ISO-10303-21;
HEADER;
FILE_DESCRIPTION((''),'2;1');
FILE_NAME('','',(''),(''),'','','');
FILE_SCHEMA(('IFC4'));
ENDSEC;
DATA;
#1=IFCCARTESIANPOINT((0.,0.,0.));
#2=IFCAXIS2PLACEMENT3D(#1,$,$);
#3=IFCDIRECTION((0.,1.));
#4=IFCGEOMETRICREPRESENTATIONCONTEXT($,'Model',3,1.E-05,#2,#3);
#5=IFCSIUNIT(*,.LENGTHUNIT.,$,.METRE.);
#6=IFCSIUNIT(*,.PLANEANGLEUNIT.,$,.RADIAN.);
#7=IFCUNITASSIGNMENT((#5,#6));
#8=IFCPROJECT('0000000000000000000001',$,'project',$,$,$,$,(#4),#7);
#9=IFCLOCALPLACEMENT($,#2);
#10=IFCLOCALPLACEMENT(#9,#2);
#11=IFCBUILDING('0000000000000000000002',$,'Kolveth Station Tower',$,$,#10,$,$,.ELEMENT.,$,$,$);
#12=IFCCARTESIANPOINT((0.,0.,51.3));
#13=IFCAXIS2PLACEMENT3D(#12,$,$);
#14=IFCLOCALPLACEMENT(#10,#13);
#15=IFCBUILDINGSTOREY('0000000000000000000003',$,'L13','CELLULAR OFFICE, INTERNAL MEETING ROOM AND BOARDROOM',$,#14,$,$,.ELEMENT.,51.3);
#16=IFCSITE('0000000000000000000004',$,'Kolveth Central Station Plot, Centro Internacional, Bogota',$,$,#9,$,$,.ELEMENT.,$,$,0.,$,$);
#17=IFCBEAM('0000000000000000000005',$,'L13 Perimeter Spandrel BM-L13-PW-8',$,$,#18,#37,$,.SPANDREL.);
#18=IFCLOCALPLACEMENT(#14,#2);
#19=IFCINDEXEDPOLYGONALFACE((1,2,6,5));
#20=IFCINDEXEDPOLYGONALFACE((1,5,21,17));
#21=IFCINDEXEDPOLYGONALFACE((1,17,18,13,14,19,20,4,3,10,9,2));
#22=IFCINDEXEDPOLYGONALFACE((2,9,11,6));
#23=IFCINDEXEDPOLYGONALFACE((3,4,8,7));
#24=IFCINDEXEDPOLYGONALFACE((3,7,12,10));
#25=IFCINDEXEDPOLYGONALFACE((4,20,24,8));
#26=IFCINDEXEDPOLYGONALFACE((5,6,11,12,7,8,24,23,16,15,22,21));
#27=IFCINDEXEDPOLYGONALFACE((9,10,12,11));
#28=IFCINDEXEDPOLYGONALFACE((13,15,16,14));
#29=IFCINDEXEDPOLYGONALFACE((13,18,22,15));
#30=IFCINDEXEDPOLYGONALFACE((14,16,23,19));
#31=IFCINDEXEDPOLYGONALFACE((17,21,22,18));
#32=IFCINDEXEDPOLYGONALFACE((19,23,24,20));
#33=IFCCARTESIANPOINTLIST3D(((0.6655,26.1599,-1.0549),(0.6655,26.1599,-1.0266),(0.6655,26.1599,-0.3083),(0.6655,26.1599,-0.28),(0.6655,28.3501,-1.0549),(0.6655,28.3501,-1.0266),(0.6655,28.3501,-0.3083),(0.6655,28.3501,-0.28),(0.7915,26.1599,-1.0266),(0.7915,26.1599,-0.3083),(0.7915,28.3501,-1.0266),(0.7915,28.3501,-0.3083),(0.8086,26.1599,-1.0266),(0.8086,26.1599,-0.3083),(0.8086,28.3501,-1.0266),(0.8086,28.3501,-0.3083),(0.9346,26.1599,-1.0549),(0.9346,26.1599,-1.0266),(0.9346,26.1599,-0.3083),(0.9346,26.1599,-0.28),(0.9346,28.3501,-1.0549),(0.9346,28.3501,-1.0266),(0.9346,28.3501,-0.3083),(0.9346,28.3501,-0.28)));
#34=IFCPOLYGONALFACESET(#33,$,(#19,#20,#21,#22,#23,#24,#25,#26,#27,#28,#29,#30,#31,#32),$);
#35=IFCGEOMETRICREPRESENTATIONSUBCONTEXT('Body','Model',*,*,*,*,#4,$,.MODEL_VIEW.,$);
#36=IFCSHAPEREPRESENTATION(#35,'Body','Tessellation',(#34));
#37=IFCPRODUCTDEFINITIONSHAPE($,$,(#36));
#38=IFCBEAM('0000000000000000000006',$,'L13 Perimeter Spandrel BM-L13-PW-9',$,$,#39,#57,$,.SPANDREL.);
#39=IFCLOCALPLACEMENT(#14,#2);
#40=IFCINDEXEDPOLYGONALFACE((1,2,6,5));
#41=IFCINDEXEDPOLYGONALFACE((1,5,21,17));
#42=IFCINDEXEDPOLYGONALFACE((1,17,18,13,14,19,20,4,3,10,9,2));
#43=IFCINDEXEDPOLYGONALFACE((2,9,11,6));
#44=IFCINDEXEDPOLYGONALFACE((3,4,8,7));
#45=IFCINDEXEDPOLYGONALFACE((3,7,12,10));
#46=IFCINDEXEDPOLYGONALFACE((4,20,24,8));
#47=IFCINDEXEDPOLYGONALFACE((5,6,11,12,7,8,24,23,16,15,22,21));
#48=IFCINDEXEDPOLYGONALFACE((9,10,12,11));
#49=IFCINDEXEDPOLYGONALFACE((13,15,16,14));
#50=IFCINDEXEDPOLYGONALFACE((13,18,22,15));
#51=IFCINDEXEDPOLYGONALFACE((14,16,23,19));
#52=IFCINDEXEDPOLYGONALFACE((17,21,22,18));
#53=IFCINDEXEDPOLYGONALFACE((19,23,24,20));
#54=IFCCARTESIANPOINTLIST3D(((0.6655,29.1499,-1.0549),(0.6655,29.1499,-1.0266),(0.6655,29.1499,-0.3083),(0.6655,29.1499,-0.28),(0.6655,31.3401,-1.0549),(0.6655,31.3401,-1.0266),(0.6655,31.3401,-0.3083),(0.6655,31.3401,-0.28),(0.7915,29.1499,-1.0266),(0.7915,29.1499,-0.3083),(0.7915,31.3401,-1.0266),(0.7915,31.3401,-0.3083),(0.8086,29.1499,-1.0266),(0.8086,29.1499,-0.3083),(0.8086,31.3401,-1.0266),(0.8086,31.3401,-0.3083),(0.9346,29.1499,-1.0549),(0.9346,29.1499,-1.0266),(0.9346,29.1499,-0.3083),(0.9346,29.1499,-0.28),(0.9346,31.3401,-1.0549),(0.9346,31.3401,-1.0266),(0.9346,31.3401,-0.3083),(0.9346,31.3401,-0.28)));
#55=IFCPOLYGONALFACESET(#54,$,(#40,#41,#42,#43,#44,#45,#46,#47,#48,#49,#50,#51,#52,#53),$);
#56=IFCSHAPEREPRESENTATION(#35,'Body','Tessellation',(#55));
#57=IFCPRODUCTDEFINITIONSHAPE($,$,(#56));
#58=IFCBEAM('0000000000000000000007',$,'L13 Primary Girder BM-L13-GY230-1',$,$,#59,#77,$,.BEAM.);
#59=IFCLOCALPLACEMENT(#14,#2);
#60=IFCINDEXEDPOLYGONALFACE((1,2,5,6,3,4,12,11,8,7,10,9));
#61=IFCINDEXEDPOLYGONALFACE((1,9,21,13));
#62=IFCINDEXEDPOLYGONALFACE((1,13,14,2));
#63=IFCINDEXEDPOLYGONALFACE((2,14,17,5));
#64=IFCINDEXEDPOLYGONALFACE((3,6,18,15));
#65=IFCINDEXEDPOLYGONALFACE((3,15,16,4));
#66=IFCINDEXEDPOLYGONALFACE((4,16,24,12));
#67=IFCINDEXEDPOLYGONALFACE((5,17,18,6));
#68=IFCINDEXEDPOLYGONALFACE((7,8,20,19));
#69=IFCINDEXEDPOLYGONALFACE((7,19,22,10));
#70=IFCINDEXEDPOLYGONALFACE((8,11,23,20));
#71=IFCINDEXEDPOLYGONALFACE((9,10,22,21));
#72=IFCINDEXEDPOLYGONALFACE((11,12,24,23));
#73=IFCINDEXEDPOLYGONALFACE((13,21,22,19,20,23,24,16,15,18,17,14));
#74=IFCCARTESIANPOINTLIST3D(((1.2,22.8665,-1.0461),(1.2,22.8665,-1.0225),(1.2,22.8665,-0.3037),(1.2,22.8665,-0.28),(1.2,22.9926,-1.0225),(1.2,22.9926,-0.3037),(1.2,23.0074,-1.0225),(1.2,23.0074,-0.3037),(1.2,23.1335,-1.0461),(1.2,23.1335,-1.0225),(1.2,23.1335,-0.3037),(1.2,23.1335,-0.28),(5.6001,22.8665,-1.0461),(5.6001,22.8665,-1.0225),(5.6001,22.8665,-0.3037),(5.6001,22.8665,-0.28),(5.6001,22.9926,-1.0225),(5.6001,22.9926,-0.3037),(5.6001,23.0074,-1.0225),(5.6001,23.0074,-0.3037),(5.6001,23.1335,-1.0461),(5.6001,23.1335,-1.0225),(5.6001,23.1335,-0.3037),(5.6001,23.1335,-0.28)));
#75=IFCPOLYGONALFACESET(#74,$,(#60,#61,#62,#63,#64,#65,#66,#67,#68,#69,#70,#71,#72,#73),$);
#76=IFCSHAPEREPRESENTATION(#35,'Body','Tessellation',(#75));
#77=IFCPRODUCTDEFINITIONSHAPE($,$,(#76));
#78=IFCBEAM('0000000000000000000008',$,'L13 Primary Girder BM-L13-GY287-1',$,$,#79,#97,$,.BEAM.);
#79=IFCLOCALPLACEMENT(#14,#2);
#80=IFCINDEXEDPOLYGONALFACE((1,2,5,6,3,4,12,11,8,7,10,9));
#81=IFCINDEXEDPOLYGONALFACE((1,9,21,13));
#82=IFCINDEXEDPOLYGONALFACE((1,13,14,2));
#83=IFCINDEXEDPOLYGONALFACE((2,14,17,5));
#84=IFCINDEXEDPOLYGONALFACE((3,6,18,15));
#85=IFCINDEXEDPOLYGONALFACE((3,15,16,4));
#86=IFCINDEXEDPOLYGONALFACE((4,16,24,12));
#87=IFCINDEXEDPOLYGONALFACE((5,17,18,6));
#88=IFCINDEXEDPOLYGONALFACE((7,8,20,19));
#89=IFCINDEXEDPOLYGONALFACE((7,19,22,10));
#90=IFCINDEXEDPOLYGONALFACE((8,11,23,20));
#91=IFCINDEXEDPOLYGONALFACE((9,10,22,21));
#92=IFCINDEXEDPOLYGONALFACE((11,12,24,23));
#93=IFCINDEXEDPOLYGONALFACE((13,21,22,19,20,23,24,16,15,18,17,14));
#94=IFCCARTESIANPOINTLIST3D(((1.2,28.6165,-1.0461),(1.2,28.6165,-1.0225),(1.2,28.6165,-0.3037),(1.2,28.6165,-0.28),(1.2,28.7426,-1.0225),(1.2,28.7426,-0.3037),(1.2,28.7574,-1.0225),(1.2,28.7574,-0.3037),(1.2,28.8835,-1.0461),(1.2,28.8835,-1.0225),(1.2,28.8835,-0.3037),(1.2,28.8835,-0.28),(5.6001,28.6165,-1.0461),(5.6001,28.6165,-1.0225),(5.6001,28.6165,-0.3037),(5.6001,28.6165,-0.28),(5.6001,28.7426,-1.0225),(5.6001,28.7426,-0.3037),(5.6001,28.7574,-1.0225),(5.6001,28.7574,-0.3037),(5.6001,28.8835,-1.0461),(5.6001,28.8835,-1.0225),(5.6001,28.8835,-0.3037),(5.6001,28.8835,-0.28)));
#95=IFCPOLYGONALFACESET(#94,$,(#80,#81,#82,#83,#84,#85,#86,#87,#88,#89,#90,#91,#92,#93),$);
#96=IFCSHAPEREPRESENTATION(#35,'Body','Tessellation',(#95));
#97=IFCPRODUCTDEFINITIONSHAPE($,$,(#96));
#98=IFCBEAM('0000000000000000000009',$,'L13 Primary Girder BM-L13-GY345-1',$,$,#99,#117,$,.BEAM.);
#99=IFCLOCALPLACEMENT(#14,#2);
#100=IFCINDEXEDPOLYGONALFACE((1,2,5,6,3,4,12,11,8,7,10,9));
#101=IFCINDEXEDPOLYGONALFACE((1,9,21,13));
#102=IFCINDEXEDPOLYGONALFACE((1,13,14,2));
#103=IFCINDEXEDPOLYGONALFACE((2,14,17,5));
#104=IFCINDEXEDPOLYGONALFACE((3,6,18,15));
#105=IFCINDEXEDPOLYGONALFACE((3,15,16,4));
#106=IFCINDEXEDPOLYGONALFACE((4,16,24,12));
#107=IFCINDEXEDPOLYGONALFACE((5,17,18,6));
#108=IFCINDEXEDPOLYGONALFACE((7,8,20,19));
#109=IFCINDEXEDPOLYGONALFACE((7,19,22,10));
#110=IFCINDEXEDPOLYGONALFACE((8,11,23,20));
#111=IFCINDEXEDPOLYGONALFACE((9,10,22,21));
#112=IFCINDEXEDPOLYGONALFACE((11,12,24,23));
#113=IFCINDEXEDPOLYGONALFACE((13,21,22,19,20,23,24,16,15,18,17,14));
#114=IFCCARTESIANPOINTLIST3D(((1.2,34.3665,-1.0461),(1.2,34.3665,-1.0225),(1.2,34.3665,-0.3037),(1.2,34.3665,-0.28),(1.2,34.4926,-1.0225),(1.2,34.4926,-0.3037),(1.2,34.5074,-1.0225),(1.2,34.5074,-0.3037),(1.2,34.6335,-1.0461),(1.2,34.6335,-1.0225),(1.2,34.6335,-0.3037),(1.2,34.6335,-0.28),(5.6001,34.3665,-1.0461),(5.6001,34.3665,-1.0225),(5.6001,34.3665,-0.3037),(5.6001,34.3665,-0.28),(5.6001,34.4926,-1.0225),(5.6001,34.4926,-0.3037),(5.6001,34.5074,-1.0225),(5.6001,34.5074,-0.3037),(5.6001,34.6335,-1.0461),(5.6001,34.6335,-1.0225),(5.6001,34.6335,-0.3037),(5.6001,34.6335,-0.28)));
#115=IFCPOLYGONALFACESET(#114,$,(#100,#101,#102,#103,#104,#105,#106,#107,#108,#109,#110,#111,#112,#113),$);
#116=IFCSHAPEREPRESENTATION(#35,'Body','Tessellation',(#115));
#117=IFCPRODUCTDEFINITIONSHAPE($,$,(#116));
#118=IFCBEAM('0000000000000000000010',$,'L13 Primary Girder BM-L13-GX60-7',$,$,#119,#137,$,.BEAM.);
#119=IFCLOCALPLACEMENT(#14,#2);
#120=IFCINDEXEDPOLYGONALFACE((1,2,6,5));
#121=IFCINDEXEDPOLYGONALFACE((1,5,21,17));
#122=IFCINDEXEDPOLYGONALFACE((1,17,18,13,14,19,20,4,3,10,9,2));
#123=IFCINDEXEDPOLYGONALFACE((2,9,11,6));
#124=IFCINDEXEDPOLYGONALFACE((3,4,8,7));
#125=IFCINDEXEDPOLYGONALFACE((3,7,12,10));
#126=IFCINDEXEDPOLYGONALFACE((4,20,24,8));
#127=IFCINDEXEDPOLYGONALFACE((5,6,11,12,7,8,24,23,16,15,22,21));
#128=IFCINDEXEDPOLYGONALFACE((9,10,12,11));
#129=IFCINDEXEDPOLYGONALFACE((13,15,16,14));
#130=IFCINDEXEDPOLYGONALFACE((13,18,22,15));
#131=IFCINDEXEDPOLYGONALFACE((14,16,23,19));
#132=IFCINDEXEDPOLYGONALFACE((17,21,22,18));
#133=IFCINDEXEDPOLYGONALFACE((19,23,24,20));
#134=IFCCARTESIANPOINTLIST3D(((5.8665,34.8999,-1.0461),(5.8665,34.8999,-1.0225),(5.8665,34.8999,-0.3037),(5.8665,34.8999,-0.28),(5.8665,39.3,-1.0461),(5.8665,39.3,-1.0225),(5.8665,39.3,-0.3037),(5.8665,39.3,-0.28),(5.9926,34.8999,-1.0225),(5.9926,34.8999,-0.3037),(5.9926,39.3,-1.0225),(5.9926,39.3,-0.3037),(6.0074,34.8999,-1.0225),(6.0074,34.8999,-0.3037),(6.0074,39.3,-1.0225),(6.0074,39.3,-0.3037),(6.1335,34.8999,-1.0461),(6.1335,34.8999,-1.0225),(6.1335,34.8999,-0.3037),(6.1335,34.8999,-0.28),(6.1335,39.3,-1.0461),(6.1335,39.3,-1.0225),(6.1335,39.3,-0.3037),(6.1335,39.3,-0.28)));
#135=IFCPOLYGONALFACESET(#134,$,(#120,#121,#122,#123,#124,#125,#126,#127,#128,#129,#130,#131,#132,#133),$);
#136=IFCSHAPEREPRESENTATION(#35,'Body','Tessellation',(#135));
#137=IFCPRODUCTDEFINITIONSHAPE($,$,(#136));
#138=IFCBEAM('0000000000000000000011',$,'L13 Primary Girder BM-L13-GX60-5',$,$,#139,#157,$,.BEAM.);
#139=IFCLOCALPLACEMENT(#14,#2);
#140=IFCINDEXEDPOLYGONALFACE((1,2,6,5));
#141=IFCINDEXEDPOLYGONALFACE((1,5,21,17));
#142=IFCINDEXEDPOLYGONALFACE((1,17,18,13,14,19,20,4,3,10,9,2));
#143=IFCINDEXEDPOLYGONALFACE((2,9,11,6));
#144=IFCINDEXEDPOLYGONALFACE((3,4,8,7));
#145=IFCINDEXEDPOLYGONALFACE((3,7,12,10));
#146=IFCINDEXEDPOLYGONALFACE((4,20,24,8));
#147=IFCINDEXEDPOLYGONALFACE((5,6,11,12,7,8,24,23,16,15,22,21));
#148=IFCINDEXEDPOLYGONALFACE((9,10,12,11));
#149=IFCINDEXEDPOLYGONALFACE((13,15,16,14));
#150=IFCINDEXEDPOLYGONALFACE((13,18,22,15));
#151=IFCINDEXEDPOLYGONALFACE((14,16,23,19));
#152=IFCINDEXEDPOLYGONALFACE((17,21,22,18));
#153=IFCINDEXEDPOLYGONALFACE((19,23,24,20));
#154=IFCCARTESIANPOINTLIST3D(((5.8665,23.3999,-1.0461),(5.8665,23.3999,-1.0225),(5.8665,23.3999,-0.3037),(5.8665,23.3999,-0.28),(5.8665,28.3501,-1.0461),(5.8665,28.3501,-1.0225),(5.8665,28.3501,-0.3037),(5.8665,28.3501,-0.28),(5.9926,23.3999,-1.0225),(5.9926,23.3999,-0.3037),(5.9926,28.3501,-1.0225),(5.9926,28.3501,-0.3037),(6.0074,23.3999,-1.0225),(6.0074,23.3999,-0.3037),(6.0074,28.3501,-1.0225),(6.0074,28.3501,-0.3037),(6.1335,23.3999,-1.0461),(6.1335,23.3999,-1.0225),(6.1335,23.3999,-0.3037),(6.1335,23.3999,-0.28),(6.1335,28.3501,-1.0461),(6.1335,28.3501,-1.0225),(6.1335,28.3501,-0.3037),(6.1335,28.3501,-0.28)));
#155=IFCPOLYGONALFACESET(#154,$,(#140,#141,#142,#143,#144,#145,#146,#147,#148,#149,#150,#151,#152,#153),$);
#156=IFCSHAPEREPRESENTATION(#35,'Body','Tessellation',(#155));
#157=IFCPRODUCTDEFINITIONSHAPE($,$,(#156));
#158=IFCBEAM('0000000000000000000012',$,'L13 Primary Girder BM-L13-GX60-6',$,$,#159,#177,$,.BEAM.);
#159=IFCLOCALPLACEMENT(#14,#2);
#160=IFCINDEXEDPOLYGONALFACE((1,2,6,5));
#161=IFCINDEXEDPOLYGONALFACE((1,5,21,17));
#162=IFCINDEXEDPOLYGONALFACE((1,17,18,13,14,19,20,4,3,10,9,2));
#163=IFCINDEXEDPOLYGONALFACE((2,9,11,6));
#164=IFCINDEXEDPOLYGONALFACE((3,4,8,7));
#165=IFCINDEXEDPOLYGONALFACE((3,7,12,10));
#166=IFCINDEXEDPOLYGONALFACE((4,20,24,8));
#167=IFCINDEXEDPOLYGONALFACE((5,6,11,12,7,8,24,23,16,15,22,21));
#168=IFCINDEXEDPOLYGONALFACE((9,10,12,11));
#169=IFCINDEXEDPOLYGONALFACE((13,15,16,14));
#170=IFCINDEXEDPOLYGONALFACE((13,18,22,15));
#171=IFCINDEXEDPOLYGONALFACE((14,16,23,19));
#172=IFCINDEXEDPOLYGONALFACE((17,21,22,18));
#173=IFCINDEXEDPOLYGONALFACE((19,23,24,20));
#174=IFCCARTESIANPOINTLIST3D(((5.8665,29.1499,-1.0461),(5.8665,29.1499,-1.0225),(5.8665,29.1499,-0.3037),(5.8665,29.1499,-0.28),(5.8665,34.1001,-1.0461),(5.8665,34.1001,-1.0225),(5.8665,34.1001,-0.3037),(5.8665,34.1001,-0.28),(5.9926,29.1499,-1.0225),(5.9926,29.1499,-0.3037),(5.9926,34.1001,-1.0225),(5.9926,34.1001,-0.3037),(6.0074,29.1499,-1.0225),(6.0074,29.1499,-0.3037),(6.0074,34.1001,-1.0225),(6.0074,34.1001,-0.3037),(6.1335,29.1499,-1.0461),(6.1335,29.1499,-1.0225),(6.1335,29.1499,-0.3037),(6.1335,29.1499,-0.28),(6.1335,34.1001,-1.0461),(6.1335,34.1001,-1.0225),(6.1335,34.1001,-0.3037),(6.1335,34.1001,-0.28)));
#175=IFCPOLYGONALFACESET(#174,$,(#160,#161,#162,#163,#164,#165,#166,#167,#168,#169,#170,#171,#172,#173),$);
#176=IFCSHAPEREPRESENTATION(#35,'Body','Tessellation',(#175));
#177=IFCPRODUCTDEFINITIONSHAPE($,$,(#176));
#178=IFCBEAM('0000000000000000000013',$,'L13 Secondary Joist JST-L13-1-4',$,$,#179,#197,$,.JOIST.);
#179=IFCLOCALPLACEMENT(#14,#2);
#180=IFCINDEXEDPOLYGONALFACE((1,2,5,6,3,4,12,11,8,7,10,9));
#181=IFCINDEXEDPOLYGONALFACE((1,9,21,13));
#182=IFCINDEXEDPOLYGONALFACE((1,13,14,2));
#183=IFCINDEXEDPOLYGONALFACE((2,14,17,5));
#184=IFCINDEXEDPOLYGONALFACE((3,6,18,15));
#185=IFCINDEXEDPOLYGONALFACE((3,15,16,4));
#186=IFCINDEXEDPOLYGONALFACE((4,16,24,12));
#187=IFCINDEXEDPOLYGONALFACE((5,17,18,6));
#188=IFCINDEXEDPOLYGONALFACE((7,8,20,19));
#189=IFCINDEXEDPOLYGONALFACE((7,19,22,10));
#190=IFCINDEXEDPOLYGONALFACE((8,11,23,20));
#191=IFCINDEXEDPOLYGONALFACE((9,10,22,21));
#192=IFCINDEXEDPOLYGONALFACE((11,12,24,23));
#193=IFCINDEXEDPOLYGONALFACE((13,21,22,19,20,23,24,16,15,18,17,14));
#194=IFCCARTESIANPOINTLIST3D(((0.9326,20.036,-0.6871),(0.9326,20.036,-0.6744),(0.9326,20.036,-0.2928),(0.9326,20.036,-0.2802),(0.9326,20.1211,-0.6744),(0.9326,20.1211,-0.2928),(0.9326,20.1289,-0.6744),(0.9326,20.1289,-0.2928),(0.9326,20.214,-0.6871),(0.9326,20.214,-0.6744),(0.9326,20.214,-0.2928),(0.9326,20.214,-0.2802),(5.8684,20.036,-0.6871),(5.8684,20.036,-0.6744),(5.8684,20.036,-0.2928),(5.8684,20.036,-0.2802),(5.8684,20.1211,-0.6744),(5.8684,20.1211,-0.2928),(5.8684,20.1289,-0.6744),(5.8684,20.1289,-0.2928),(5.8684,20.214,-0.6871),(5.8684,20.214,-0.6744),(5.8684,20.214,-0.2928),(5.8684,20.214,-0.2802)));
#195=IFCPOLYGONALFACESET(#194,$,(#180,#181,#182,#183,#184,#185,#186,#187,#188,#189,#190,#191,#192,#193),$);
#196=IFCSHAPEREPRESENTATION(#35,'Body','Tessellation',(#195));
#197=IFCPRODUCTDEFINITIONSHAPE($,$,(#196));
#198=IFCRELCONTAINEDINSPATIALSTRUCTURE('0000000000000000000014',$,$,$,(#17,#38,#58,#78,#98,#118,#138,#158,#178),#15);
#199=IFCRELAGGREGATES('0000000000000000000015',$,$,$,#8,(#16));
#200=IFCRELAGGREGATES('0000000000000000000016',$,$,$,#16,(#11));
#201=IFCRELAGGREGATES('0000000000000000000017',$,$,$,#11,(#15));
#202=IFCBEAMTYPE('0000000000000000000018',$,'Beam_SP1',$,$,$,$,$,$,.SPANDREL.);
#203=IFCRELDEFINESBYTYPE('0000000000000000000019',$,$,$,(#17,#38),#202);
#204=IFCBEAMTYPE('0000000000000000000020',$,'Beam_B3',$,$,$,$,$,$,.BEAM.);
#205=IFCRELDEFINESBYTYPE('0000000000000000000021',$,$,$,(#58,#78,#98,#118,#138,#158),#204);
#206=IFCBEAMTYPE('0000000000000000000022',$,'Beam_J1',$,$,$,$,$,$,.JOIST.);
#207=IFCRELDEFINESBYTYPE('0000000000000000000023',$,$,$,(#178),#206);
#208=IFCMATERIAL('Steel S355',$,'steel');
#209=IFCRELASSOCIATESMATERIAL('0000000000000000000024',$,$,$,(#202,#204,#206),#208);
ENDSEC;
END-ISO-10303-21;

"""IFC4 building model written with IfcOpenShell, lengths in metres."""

from ifc_helpers import new_model, si_unit, direction, frame, origin, origin_2d, place, context, subcontext, project, spatial, i_section, extrude, source, transform, mapped, material, material_profile, profile_set, type_object, element, save


model = new_model("IFC4")

# Units and contexts
model_context = context("Model", 3, precision=1e-05, world=origin(), true_north=direction((0.0, 1.0)))
body_context = subcontext(model_context, "Body", "Model", "MODEL_VIEW")
ifc_project = project(units=[si_unit("LENGTHUNIT", "METRE"), si_unit("PLANEANGLEUNIT", "RADIAN")], contexts=[model_context])

# Site, building, storey
site_placement = place(None, origin())
site = spatial("IfcSite", under=ifc_project, at=site_placement, Name="Kolveth Central Station Plot, Centro Internacional, Bogota", CompositionType="ELEMENT", RefElevation=0.0)
building_placement = place(site_placement, origin())
building = spatial("IfcBuilding", under=site, at=building_placement, Name="Kolveth Station Tower", CompositionType="ELEMENT")
storey_placement = place(building_placement, frame((0.0, 0.0, 51.3)))
storey = spatial("IfcBuildingStorey", under=building, at=storey_placement, Name="L13", Description="CELLULAR OFFICE, INTERNAL MEETING ROOM AND BOARDROOM", CompositionType="ELEMENT", Elevation=51.3)

# Shared definitions
ifc_material_1 = material(Name="Steel S355", Category="steel")

# Beams
ifc_material_profile_1 = material_profile(ifc_material_1, i_section(OverallWidth=0.269, OverallDepth=0.7749, WebThickness=0.0171, FlangeThickness=0.0283, at=origin_2d()), Name="W760x220")
ifc_profile_set_1 = profile_set([ifc_material_profile_1], Name="Steel S355")
beam_type_1 = type_object("IfcBeamType", Name="Beam_SP1", PredefinedType="SPANDREL", material=ifc_profile_set_1)
shared_shape_1 = source(origin(), body_context, "Body", "SweptSolid", [
    extrude(i_section(OverallWidth=0.269, OverallDepth=0.7749, WebThickness=0.0171, FlangeThickness=0.0283, at=origin_2d()), origin(), (0.0, 0.0, 1.0), 2.1902),
])
for number, where, z_axis, x_axis, name in (
    (1, (0.8, 26.1599, -0.6675), (0.0, 1.0, 0.0), (-1.0, 0.0, 0.0), "L13 Perimeter Spandrel BM-L13-PW-8"),
    (2, (0.8, 29.1499, -0.6675), (0.0, 1.0, 0.0), (-1.0, 0.0, 0.0), "L13 Perimeter Spandrel BM-L13-PW-9"),
):
    element("IfcBeam", number, at=place(storey_placement, frame(where, z_axis=z_axis, x_axis=x_axis)), inside=storey, type_object=beam_type_1, Name=name, PredefinedType="SPANDREL", context=body_context, shape_type="MappedRepresentation", body=[
        mapped(shared_shape_1, transform((0.0, 0.0, 0.0), x_axis=(1.0, 0.0, 0.0), y_axis=(0.0, 1.0, 0.0), z_axis=(0.0, 0.0, 1.0), scale=1.0)),
    ])
ifc_material_profile_2 = material_profile(ifc_material_1, i_section(OverallWidth=0.2671, OverallDepth=0.7661, WebThickness=0.0149, FlangeThickness=0.0237, at=origin_2d()), Name="W760x185")
ifc_profile_set_2 = profile_set([ifc_material_profile_2], Name="Steel S355")
beam_type_2 = type_object("IfcBeamType", Name="Beam_B3", PredefinedType="BEAM", material=ifc_profile_set_2)
shared_shape_2 = source(origin(), body_context, "Body", "SweptSolid", [
    extrude(i_section(OverallWidth=0.2671, OverallDepth=0.7661, WebThickness=0.0149, FlangeThickness=0.0237, at=origin_2d()), origin(), (0.0, 0.0, 1.0), 4.4001),
])
for number, where, z_axis, x_axis, name in (
    (3, (1.2, 23.0, -0.6631), (1.0, 0.0, 0.0), (0.0, 1.0, 0.0), "L13 Primary Girder BM-L13-GY230-1"),
    (4, (1.2, 28.75, -0.6631), (1.0, 0.0, 0.0), (0.0, 1.0, 0.0), "L13 Primary Girder BM-L13-GY287-1"),
    (5, (1.2, 34.5, -0.6631), (1.0, 0.0, 0.0), (0.0, 1.0, 0.0), "L13 Primary Girder BM-L13-GY345-1"),
    (6, (6.0, 34.8999, -0.6631), (0.0, 1.0, 0.0), (-1.0, 0.0, 0.0), "L13 Primary Girder BM-L13-GX60-7"),
):
    element("IfcBeam", number, at=place(storey_placement, frame(where, z_axis=z_axis, x_axis=x_axis)), inside=storey, type_object=beam_type_2, Name=name, PredefinedType="BEAM", context=body_context, shape_type="MappedRepresentation", body=[
        mapped(shared_shape_2, transform((0.0, 0.0, 0.0), x_axis=(1.0, 0.0, 0.0), y_axis=(0.0, 1.0, 0.0), z_axis=(0.0, 0.0, 1.0), scale=1.0)),
    ])
shared_shape_3 = source(origin(), body_context, "Body", "SweptSolid", [
    extrude(i_section(OverallWidth=0.2671, OverallDepth=0.7661, WebThickness=0.0149, FlangeThickness=0.0237, at=origin_2d()), origin(), (0.0, 0.0, 1.0), 4.9502),
])
for number, where, z_axis, x_axis, name in (
    (7, (6.0, 23.3999, -0.6631), (0.0, 1.0, 0.0), (-1.0, 0.0, 0.0), "L13 Primary Girder BM-L13-GX60-5"),
    (8, (6.0, 29.1499, -0.6631), (0.0, 1.0, 0.0), (-1.0, 0.0, 0.0), "L13 Primary Girder BM-L13-GX60-6"),
):
    element("IfcBeam", number, at=place(storey_placement, frame(where, z_axis=z_axis, x_axis=x_axis)), inside=storey, type_object=beam_type_2, Name=name, PredefinedType="BEAM", context=body_context, shape_type="MappedRepresentation", body=[
        mapped(shared_shape_3, transform((0.0, 0.0, 0.0), x_axis=(1.0, 0.0, 0.0), y_axis=(0.0, 1.0, 0.0), z_axis=(0.0, 0.0, 1.0), scale=1.0)),
    ])
ifc_material_profile_3 = material_profile(ifc_material_1, i_section(OverallWidth=0.178, OverallDepth=0.407, WebThickness=0.0078, FlangeThickness=0.0127, at=origin_2d()), Name="W410x60")
ifc_profile_set_3 = profile_set([ifc_material_profile_3], Name="Steel S355")
beam_type_3 = type_object("IfcBeamType", Name="Beam_J1", PredefinedType="JOIST", material=ifc_profile_set_3)
shared_shape_4 = source(origin(), body_context, "Body", "SweptSolid", [
    extrude(i_section(OverallWidth=0.178, OverallDepth=0.407, WebThickness=0.0078, FlangeThickness=0.0127, at=origin_2d()), origin(), (0.0, 0.0, 1.0), 4.9358),
])
for number, where, z_axis, x_axis, name in (
    (9, (0.9326, 20.125, -0.4836), (1.0, 0.0, 0.0), (0.0, 1.0, 0.0), "L13 Secondary Joist JST-L13-1-4"),
):
    element("IfcBeam", number, at=place(storey_placement, frame(where, z_axis=z_axis, x_axis=x_axis)), inside=storey, type_object=beam_type_3, Name=name, PredefinedType="JOIST", context=body_context, shape_type="MappedRepresentation", body=[
        mapped(shared_shape_4, transform((0.0, 0.0, 0.0), x_axis=(1.0, 0.0, 0.0), y_axis=(0.0, 1.0, 0.0), z_axis=(0.0, 0.0, 1.0), scale=1.0)),
    ])

save(model, "model.ifc")
